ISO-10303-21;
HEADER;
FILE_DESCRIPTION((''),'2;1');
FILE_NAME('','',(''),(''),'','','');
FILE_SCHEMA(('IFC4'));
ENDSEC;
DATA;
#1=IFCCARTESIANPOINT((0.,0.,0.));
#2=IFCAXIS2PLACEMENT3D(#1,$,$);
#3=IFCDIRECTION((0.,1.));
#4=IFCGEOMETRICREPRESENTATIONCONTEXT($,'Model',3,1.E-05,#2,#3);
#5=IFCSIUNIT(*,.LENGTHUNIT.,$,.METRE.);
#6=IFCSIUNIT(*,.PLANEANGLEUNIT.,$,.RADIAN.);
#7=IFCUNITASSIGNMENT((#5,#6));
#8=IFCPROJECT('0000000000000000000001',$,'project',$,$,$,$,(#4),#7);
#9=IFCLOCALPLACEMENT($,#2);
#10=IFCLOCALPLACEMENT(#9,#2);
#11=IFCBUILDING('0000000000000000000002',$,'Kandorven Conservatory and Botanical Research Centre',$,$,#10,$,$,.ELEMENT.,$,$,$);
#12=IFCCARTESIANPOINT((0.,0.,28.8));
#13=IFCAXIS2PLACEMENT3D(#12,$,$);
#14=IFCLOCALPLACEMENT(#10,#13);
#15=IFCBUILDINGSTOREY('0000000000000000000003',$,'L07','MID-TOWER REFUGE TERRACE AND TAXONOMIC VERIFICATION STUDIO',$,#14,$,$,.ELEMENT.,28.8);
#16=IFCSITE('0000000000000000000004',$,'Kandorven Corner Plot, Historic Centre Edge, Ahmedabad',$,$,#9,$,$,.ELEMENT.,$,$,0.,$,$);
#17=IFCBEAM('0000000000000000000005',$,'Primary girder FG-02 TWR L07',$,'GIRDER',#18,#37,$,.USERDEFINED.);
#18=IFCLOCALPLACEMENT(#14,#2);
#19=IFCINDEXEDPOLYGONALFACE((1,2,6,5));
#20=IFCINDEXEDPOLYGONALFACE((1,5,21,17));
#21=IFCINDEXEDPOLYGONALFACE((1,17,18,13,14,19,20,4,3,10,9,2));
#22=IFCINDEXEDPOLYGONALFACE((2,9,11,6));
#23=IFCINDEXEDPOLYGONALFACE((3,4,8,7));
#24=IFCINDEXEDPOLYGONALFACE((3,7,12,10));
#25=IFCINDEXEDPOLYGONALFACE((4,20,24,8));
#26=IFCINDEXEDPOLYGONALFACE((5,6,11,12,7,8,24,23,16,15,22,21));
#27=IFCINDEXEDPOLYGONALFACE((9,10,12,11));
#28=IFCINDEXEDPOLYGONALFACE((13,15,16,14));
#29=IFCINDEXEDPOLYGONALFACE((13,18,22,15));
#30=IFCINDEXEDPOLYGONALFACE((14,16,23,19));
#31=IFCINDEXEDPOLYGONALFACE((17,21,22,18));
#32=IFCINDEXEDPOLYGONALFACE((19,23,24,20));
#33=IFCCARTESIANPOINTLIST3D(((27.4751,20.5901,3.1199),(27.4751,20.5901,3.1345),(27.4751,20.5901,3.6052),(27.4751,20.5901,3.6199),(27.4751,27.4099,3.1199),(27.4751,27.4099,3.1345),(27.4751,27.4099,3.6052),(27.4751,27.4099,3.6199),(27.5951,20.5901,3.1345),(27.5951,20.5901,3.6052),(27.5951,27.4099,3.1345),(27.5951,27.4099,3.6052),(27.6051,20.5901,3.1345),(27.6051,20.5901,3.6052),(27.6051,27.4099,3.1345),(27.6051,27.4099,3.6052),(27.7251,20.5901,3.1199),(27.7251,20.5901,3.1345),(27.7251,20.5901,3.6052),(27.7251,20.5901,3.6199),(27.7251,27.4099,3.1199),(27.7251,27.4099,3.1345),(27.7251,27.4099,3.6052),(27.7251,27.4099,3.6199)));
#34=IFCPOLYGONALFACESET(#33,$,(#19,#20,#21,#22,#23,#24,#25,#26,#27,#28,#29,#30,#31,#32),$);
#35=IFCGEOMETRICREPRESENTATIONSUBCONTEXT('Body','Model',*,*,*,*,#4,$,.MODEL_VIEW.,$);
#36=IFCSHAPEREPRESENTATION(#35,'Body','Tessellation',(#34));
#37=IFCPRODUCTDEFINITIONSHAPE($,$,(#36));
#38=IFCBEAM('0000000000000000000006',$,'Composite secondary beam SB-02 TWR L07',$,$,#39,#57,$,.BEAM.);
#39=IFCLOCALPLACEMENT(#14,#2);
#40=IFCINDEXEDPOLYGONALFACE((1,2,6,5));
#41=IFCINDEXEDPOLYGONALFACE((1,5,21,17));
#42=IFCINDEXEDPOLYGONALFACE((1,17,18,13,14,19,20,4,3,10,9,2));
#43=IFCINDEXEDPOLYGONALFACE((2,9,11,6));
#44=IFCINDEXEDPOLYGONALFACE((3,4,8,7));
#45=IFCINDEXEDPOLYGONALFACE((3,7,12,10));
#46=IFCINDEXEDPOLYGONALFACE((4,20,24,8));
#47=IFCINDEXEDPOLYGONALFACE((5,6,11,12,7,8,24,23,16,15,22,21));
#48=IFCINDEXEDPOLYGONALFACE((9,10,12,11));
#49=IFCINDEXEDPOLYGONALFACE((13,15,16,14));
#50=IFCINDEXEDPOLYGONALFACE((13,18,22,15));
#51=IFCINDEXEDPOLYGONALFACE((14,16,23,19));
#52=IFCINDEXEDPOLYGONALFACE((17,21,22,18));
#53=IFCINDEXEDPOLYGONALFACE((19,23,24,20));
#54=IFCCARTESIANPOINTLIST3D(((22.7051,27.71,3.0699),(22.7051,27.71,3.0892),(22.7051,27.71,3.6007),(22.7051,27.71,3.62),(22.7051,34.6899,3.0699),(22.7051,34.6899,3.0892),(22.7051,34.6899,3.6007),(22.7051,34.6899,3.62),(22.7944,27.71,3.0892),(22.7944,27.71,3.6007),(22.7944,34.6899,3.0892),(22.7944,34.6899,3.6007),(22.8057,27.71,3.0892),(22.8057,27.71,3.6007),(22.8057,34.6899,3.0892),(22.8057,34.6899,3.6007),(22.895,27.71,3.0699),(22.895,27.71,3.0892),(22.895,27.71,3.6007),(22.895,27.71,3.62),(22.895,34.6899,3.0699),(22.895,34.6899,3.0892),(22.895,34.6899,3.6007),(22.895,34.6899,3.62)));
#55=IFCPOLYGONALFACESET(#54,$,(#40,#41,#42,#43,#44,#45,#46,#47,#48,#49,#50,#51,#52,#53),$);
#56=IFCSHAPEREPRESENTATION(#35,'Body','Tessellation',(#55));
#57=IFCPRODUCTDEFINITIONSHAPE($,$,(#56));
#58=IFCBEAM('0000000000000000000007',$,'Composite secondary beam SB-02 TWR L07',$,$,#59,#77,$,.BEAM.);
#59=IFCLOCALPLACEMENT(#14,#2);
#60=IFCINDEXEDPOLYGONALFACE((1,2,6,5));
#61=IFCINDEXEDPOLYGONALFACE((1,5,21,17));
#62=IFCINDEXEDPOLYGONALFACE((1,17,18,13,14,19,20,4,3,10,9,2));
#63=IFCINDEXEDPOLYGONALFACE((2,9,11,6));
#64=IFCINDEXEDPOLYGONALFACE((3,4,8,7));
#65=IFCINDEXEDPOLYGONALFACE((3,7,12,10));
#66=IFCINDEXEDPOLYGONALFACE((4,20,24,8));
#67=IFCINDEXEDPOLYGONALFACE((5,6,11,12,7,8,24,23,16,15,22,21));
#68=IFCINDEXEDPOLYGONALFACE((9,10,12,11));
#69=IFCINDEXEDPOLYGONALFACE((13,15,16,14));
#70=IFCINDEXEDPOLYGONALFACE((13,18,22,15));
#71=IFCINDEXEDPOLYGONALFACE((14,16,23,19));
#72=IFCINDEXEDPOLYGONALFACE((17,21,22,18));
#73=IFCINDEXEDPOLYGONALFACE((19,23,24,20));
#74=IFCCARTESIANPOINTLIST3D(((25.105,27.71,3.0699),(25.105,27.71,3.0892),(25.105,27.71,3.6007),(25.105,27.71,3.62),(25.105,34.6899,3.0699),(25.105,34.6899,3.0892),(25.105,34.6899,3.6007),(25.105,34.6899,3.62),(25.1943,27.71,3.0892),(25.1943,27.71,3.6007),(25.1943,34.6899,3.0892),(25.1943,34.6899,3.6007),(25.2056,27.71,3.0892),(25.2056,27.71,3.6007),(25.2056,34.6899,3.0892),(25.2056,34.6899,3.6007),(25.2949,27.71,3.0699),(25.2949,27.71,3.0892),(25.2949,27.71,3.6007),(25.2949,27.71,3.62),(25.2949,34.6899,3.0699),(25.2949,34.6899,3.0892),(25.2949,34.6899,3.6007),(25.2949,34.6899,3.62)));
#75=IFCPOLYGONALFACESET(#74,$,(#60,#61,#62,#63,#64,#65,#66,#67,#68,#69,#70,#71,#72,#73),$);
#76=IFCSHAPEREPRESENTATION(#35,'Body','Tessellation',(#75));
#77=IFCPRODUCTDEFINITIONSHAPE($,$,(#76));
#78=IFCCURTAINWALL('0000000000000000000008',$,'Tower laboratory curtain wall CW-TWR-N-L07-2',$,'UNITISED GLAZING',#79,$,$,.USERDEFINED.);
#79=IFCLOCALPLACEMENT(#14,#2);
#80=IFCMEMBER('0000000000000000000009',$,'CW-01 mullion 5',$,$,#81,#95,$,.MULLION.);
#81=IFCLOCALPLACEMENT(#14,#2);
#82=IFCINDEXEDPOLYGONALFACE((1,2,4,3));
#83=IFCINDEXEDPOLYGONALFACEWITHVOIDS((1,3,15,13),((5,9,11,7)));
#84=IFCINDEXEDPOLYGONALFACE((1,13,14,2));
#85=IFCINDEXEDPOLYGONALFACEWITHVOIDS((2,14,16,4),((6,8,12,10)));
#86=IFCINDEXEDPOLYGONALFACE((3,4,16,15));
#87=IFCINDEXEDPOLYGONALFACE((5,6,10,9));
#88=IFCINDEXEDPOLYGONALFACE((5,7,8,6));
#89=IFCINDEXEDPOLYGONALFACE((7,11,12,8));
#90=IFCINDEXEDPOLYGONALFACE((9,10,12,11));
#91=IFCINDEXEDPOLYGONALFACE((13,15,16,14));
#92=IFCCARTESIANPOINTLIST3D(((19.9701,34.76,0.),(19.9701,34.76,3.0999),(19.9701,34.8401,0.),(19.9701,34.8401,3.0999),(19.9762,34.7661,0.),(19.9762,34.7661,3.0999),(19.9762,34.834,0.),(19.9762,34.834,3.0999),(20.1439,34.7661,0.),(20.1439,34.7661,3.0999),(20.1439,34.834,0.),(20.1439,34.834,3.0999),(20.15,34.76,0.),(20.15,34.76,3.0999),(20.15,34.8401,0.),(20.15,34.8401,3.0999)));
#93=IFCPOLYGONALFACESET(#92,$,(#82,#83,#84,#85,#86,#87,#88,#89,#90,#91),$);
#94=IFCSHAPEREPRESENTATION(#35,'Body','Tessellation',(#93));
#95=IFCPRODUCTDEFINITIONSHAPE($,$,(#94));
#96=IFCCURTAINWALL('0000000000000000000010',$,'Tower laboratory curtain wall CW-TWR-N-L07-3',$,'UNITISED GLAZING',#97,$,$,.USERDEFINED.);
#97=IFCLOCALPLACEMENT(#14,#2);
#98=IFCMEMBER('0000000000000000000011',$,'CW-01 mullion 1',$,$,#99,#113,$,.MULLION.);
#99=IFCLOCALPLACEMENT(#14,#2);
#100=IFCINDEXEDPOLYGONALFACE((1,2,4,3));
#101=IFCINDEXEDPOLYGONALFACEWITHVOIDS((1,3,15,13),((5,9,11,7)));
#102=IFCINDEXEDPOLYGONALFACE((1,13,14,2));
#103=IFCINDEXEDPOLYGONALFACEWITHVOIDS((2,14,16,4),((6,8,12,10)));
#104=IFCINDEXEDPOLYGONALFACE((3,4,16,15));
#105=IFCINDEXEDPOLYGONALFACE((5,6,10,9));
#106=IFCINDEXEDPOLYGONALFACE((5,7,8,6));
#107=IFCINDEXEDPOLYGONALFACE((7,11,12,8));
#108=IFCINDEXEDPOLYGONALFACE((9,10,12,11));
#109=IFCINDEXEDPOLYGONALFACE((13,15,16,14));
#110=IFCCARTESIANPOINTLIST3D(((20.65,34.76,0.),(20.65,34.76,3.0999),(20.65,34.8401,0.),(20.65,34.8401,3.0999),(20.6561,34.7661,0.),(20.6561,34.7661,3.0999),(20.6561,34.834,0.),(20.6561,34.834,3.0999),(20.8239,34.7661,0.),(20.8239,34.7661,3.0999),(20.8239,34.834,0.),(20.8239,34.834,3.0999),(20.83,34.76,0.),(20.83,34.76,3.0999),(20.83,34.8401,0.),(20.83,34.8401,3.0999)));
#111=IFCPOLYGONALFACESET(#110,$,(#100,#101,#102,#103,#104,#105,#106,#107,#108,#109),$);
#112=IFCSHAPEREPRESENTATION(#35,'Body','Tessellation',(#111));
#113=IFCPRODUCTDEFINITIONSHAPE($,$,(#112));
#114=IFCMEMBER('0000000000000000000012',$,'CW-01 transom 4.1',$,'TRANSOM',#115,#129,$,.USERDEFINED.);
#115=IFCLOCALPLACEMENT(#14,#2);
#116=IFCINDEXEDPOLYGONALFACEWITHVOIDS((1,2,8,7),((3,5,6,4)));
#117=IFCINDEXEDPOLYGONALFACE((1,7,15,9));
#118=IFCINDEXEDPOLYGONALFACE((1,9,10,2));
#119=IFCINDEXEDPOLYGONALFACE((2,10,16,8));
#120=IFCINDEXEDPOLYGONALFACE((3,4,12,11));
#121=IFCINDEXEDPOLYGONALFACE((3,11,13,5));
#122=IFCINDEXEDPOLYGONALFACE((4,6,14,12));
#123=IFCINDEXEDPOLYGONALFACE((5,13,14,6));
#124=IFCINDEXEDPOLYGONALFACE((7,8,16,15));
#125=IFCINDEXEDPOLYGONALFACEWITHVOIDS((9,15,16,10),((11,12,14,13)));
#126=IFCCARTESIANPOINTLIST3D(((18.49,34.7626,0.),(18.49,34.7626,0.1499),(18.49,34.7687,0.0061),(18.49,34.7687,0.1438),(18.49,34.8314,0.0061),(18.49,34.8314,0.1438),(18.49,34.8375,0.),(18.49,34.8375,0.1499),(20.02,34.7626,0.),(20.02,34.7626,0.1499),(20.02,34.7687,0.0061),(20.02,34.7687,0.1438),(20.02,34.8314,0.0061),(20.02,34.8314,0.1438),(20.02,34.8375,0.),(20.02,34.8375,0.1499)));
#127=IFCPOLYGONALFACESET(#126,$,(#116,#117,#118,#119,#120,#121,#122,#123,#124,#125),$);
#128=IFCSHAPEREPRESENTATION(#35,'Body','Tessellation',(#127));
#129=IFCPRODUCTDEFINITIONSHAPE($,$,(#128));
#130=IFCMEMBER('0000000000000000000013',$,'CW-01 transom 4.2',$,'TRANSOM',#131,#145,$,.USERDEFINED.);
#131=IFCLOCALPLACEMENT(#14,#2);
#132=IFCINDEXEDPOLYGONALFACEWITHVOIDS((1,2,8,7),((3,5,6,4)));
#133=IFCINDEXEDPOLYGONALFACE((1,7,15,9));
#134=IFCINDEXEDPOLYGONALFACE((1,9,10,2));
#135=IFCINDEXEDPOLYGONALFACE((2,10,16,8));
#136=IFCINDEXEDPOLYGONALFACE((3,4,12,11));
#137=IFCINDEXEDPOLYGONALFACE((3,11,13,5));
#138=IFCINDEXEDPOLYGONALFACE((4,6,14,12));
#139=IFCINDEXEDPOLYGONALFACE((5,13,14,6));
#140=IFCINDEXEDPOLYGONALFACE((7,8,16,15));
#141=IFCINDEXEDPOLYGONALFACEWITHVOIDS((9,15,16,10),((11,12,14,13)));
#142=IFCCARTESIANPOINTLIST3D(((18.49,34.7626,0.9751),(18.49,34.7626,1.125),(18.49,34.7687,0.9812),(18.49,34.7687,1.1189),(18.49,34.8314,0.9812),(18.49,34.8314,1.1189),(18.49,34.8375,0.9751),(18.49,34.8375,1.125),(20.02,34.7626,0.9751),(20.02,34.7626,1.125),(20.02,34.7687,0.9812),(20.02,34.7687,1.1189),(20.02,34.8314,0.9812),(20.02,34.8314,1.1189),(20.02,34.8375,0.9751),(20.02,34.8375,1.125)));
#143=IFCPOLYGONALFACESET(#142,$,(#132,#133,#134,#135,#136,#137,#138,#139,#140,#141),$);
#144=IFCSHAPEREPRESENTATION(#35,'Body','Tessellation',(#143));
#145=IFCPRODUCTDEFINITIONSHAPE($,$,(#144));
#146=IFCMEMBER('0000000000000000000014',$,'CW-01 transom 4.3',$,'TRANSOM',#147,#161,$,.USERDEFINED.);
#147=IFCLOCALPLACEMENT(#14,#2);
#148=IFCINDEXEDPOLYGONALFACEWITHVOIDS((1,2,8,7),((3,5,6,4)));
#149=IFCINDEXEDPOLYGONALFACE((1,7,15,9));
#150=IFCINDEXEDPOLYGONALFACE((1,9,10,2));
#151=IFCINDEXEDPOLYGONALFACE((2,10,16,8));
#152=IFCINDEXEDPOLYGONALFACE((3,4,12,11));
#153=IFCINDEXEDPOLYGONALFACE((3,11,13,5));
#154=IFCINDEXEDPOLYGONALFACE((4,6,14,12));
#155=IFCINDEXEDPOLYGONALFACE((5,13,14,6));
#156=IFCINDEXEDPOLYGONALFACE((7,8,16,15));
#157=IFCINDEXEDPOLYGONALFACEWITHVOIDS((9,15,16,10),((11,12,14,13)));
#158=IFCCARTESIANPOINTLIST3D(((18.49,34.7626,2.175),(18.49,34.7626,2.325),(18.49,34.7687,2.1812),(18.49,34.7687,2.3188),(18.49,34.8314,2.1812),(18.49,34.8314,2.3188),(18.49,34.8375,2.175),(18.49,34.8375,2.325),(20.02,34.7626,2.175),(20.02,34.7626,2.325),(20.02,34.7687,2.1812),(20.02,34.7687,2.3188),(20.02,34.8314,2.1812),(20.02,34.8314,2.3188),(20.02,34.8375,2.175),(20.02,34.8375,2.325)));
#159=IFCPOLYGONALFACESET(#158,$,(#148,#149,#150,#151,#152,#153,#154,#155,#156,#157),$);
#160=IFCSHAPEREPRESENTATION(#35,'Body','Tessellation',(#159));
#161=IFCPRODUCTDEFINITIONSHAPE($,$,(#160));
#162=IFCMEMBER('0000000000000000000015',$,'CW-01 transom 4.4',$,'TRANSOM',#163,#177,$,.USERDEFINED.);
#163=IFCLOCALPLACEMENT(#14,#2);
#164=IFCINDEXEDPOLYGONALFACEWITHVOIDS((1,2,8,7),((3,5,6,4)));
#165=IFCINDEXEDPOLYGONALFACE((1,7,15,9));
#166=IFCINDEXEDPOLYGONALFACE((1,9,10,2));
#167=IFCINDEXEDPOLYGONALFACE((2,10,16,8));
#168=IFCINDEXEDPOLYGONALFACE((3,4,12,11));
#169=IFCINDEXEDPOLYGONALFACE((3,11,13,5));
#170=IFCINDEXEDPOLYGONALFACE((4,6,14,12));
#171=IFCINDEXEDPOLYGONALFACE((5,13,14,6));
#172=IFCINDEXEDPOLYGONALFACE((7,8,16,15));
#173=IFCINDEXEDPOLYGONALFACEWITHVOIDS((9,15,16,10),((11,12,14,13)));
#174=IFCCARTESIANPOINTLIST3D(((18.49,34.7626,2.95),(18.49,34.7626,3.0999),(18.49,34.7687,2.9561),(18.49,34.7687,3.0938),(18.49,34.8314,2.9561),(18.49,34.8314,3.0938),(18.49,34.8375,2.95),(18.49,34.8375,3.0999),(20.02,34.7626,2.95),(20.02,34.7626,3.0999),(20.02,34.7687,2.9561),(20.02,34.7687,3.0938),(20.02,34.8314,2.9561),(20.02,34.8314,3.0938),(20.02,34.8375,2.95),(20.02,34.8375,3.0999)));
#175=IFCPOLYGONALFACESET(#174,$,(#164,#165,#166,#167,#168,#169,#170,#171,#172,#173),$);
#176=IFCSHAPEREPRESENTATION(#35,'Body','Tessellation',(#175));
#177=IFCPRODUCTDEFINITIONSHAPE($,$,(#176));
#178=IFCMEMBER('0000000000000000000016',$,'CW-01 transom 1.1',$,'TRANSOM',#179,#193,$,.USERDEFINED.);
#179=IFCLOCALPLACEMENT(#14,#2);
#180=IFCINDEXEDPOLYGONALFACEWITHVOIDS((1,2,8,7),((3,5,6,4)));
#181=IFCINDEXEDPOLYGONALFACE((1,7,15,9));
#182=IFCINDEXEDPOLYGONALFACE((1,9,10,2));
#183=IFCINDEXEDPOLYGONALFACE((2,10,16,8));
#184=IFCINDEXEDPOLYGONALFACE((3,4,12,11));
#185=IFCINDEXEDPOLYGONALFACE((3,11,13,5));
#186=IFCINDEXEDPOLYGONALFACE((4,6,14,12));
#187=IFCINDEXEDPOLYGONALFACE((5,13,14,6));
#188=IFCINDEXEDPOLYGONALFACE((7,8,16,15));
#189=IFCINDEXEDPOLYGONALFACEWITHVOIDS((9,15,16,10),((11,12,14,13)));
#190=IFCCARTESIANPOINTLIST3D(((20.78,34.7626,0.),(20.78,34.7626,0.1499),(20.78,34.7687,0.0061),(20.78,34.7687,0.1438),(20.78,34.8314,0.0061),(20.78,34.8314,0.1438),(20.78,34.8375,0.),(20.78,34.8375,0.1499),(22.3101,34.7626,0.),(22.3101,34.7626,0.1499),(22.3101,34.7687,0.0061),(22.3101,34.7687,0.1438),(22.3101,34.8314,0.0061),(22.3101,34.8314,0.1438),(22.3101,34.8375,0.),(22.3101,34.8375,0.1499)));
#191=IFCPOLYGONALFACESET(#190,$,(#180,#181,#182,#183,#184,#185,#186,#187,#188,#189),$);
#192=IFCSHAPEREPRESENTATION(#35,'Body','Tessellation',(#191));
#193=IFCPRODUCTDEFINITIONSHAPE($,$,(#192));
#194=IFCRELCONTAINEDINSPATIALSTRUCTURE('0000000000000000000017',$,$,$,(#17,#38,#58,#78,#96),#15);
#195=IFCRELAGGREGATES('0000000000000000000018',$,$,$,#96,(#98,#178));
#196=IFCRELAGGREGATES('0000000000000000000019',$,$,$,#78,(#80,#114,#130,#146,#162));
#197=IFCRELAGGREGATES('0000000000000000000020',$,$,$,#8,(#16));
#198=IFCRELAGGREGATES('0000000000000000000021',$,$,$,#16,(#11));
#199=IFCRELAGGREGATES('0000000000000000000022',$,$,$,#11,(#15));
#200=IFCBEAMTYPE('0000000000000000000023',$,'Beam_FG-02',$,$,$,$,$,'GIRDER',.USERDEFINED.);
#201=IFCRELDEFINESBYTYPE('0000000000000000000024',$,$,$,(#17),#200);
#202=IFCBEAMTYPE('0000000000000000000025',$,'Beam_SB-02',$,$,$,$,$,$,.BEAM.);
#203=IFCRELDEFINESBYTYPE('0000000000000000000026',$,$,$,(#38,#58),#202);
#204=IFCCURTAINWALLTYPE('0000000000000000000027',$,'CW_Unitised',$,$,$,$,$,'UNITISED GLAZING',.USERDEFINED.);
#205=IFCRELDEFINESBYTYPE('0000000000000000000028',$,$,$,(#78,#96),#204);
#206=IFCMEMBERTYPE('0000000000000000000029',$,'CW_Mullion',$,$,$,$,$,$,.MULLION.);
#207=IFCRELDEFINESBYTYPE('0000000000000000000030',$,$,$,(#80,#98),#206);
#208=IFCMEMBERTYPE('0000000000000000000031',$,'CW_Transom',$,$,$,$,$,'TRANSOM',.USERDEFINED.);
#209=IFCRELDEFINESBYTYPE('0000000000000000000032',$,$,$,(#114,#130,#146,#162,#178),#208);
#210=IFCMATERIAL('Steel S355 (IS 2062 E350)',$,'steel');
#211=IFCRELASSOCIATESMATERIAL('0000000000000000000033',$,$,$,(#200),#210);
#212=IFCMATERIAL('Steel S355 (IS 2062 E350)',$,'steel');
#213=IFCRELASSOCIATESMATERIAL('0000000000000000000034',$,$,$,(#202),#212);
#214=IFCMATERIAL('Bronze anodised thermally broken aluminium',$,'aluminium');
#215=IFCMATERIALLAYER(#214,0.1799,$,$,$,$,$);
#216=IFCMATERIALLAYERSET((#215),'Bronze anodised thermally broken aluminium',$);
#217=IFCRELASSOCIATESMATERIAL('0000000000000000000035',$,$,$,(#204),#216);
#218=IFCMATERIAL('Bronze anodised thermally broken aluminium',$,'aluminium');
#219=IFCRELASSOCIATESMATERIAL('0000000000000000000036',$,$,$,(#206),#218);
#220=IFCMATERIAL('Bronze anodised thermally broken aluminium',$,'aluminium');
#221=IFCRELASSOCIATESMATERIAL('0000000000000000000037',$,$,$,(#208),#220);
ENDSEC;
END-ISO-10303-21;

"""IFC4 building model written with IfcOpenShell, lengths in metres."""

from ifc_helpers import new_model, si_unit, direction, frame, origin, origin_2d, place, context, subcontext, project, spatial, hollow_rectangle, i_section, extrude, material, layer, layer_set, material_profile, profile_set, type_object, element, aggregate, save


model = new_model("IFC4")

# Units and contexts
model_context = context("Model", 3, precision=1e-05, world=origin(), true_north=direction((0.0, 1.0)))
body_context = subcontext(model_context, "Body", "Model", "MODEL_VIEW")
ifc_project = project(units=[si_unit("LENGTHUNIT", "METRE"), si_unit("PLANEANGLEUNIT", "RADIAN")], contexts=[model_context])

# Site, building, storey
site_placement = place(None, origin())
site = spatial("IfcSite", under=ifc_project, at=site_placement, Name="Kandorven Corner Plot, Historic Centre Edge, Ahmedabad", CompositionType="ELEMENT", RefElevation=0.0)
building_placement = place(site_placement, origin())
building = spatial("IfcBuilding", under=site, at=building_placement, Name="Kandorven Conservatory and Botanical Research Centre", CompositionType="ELEMENT")
storey_placement = place(building_placement, frame((0.0, 0.0, 28.8)))
storey = spatial("IfcBuildingStorey", under=building, at=storey_placement, Name="L07", Description="MID-TOWER REFUGE TERRACE AND TAXONOMIC VERIFICATION STUDIO", CompositionType="ELEMENT", Elevation=28.8)

# Beams
ifc_material_1 = material(Name="Steel S355 (IS 2062 E350)", Category="steel")
ifc_material_profile_1 = material_profile(ifc_material_1, i_section(OverallWidth=0.25, OverallDepth=0.5, WebThickness=0.01, FlangeThickness=0.0146, at=origin_2d()))
ifc_profile_set_1 = profile_set([ifc_material_profile_1], Name="Steel S355 (IS 2062 E350)")
beam_type_1 = type_object("IfcBeamType", Name="Beam_FG-02", ElementType="GIRDER", PredefinedType="USERDEFINED", material=ifc_profile_set_1)
beam_1_placement = place(storey_placement, frame((27.6001, 20.5901, 3.3699), z_axis=(0.0, 1.0, 0.0), x_axis=(-1.0, 0.0, 0.0)))
element("IfcBeam", 1, at=beam_1_placement, inside=storey, type_object=beam_type_1, Name="Primary girder FG-02 TWR L07", ObjectType="GIRDER", PredefinedType="USERDEFINED", context=body_context, shape_type="SweptSolid", body=[
    extrude(i_section(OverallWidth=0.25, OverallDepth=0.5, WebThickness=0.01, FlangeThickness=0.0146, at=origin_2d()), origin(), (0.0, 0.0, 1.0), 6.8198),
])
ifc_material_2 = material(Name="Steel S355 (IS 2062 E350)", Category="steel")
ifc_material_profile_2 = material_profile(ifc_material_2, i_section(OverallWidth=0.1899, OverallDepth=0.55, WebThickness=0.0112, FlangeThickness=0.0193, at=origin_2d()))
ifc_profile_set_2 = profile_set([ifc_material_profile_2], Name="Steel S355 (IS 2062 E350)")
beam_type_2 = type_object("IfcBeamType", Name="Beam_SB-02", PredefinedType="BEAM", material=ifc_profile_set_2)
for number, where, z_axis, x_axis, name in (
    (2, (22.8, 27.71, 3.345), (0.0, 1.0, 0.0), (-1.0, 0.0, 0.0), "Composite secondary beam SB-02 TWR L07"),
    (3, (25.2, 27.71, 3.345), (0.0, 1.0, 0.0), (-1.0, 0.0, 0.0), "Composite secondary beam SB-02 TWR L07"),
):
    element("IfcBeam", number, at=place(storey_placement, frame(where, z_axis=z_axis, x_axis=x_axis)), inside=storey, type_object=beam_type_2, Name=name, PredefinedType="BEAM", context=body_context, shape_type="SweptSolid", body=[
        extrude(i_section(OverallWidth=0.1899, OverallDepth=0.55, WebThickness=0.0112, FlangeThickness=0.0193, at=origin_2d()), origin(), (0.0, 0.0, 1.0), 6.98),
    ])

# Curtain walls, members
ifc_material_3 = material(Name="Bronze anodised thermally broken aluminium", Category="aluminium")
ifc_layer_1 = layer(ifc_material_3, 0.1799)
ifc_layer_set_1 = layer_set([ifc_layer_1], Name="Bronze anodised thermally broken aluminium")
curtain_wall_type = type_object("IfcCurtainWallType", Name="CW_Unitised", ElementType="UNITISED GLAZING", PredefinedType="USERDEFINED", material=ifc_layer_set_1)
curtain_wall_1_placement = place(storey_placement, origin())
curtain_wall_1 = element("IfcCurtainWall", 4, at=curtain_wall_1_placement, inside=storey, type_object=curtain_wall_type, Name="Tower laboratory curtain wall CW-TWR-N-L07-2", ObjectType="UNITISED GLAZING", PredefinedType="USERDEFINED")
ifc_material_4 = material(Name="Bronze anodised thermally broken aluminium", Category="aluminium")
ifc_material_profile_3 = material_profile(ifc_material_4, hollow_rectangle(XDim=0.0801, YDim=0.1799, WallThickness=0.0061, at=origin_2d()))
ifc_profile_set_3 = profile_set([ifc_material_profile_3], Name="Bronze anodised thermally broken aluminium")
member_type_1 = type_object("IfcMemberType", Name="CW_Mullion", PredefinedType="MULLION", material=ifc_profile_set_3)
member_1_placement = place(storey_placement, frame((20.0601, 34.8, 0.0), z_axis=(0.0, 0.0, 1.0), x_axis=(0.0, 1.0, 0.0)))
member_1 = element("IfcMember", 5, at=member_1_placement, type_object=member_type_1, Name="CW-01 mullion 5", PredefinedType="MULLION", context=body_context, shape_type="SweptSolid", body=[
    extrude(hollow_rectangle(XDim=0.0801, YDim=0.1799, WallThickness=0.0061, at=origin_2d()), origin(), (0.0, 0.0, 1.0), 3.0999),
])
curtain_wall_2_placement = place(storey_placement, origin())
curtain_wall_2 = element("IfcCurtainWall", 6, at=curtain_wall_2_placement, inside=storey, type_object=curtain_wall_type, Name="Tower laboratory curtain wall CW-TWR-N-L07-3", ObjectType="UNITISED GLAZING", PredefinedType="USERDEFINED")
member_2_placement = place(storey_placement, frame((20.74, 34.8, 0.0), z_axis=(0.0, 0.0, 1.0), x_axis=(0.0, 1.0, 0.0)))
member_2 = element("IfcMember", 7, at=member_2_placement, type_object=member_type_1, Name="CW-01 mullion 1", PredefinedType="MULLION", context=body_context, shape_type="SweptSolid", body=[
    extrude(hollow_rectangle(XDim=0.0801, YDim=0.1799, WallThickness=0.0061, at=origin_2d()), origin(), (0.0, 0.0, 1.0), 3.0999),
])

# Members
ifc_material_5 = material(Name="Bronze anodised thermally broken aluminium", Category="aluminium")
ifc_material_profile_4 = material_profile(ifc_material_5, hollow_rectangle(XDim=0.075, YDim=0.1499, WallThickness=0.0061, at=origin_2d()))
ifc_profile_set_4 = profile_set([ifc_material_profile_4], Name="Bronze anodised thermally broken aluminium")
member_type_2 = type_object("IfcMemberType", Name="CW_Transom", ElementType="TRANSOM", PredefinedType="USERDEFINED", material=ifc_profile_set_4)
member_3_placement = place(storey_placement, frame((18.49, 34.8, 0.075), z_axis=(1.0, 0.0, 0.0), x_axis=(0.0, 1.0, 0.0)))
member_3 = element("IfcMember", 8, at=member_3_placement, type_object=member_type_2, Name="CW-01 transom 4.1", ObjectType="TRANSOM", PredefinedType="USERDEFINED", context=body_context, shape_type="SweptSolid", body=[
    extrude(hollow_rectangle(XDim=0.075, YDim=0.1499, WallThickness=0.0061, at=origin_2d()), origin(), (0.0, 0.0, 1.0), 1.53),
])
member_4_placement = place(storey_placement, frame((18.49, 34.8, 1.05), z_axis=(1.0, 0.0, 0.0), x_axis=(0.0, 1.0, 0.0)))
member_4 = element("IfcMember", 9, at=member_4_placement, type_object=member_type_2, Name="CW-01 transom 4.2", ObjectType="TRANSOM", PredefinedType="USERDEFINED", context=body_context, shape_type="SweptSolid", body=[
    extrude(hollow_rectangle(XDim=0.075, YDim=0.1499, WallThickness=0.0061, at=origin_2d()), origin(), (0.0, 0.0, 1.0), 1.53),
])
member_5_placement = place(storey_placement, frame((18.49, 34.8, 2.25), z_axis=(1.0, 0.0, 0.0), x_axis=(0.0, 1.0, 0.0)))
member_5 = element("IfcMember", 10, at=member_5_placement, type_object=member_type_2, Name="CW-01 transom 4.3", ObjectType="TRANSOM", PredefinedType="USERDEFINED", context=body_context, shape_type="SweptSolid", body=[
    extrude(hollow_rectangle(XDim=0.075, YDim=0.1499, WallThickness=0.0061, at=origin_2d()), origin(), (0.0, 0.0, 1.0), 1.53),
])
member_6_placement = place(storey_placement, frame((18.49, 34.8, 3.0249), z_axis=(1.0, 0.0, 0.0), x_axis=(0.0, 1.0, 0.0)))
member_6 = element("IfcMember", 11, at=member_6_placement, type_object=member_type_2, Name="CW-01 transom 4.4", ObjectType="TRANSOM", PredefinedType="USERDEFINED", context=body_context, shape_type="SweptSolid", body=[
    extrude(hollow_rectangle(XDim=0.075, YDim=0.1499, WallThickness=0.0061, at=origin_2d()), origin(), (0.0, 0.0, 1.0), 1.53),
])
member_7_placement = place(storey_placement, frame((20.78, 34.8, 0.075), z_axis=(1.0, 0.0, 0.0), x_axis=(0.0, 1.0, 0.0)))
member_7 = element("IfcMember", 12, at=member_7_placement, type_object=member_type_2, Name="CW-01 transom 1.1", ObjectType="TRANSOM", PredefinedType="USERDEFINED", context=body_context, shape_type="SweptSolid", body=[
    extrude(hollow_rectangle(XDim=0.075, YDim=0.1499, WallThickness=0.0061, at=origin_2d()), origin(), (0.0, 0.0, 1.0), 1.53),
])
aggregate(curtain_wall_2, [member_2, member_7])

aggregate(curtain_wall_1, [member_1, member_3, member_4, member_5, member_6])

save(model, "model.ifc")
